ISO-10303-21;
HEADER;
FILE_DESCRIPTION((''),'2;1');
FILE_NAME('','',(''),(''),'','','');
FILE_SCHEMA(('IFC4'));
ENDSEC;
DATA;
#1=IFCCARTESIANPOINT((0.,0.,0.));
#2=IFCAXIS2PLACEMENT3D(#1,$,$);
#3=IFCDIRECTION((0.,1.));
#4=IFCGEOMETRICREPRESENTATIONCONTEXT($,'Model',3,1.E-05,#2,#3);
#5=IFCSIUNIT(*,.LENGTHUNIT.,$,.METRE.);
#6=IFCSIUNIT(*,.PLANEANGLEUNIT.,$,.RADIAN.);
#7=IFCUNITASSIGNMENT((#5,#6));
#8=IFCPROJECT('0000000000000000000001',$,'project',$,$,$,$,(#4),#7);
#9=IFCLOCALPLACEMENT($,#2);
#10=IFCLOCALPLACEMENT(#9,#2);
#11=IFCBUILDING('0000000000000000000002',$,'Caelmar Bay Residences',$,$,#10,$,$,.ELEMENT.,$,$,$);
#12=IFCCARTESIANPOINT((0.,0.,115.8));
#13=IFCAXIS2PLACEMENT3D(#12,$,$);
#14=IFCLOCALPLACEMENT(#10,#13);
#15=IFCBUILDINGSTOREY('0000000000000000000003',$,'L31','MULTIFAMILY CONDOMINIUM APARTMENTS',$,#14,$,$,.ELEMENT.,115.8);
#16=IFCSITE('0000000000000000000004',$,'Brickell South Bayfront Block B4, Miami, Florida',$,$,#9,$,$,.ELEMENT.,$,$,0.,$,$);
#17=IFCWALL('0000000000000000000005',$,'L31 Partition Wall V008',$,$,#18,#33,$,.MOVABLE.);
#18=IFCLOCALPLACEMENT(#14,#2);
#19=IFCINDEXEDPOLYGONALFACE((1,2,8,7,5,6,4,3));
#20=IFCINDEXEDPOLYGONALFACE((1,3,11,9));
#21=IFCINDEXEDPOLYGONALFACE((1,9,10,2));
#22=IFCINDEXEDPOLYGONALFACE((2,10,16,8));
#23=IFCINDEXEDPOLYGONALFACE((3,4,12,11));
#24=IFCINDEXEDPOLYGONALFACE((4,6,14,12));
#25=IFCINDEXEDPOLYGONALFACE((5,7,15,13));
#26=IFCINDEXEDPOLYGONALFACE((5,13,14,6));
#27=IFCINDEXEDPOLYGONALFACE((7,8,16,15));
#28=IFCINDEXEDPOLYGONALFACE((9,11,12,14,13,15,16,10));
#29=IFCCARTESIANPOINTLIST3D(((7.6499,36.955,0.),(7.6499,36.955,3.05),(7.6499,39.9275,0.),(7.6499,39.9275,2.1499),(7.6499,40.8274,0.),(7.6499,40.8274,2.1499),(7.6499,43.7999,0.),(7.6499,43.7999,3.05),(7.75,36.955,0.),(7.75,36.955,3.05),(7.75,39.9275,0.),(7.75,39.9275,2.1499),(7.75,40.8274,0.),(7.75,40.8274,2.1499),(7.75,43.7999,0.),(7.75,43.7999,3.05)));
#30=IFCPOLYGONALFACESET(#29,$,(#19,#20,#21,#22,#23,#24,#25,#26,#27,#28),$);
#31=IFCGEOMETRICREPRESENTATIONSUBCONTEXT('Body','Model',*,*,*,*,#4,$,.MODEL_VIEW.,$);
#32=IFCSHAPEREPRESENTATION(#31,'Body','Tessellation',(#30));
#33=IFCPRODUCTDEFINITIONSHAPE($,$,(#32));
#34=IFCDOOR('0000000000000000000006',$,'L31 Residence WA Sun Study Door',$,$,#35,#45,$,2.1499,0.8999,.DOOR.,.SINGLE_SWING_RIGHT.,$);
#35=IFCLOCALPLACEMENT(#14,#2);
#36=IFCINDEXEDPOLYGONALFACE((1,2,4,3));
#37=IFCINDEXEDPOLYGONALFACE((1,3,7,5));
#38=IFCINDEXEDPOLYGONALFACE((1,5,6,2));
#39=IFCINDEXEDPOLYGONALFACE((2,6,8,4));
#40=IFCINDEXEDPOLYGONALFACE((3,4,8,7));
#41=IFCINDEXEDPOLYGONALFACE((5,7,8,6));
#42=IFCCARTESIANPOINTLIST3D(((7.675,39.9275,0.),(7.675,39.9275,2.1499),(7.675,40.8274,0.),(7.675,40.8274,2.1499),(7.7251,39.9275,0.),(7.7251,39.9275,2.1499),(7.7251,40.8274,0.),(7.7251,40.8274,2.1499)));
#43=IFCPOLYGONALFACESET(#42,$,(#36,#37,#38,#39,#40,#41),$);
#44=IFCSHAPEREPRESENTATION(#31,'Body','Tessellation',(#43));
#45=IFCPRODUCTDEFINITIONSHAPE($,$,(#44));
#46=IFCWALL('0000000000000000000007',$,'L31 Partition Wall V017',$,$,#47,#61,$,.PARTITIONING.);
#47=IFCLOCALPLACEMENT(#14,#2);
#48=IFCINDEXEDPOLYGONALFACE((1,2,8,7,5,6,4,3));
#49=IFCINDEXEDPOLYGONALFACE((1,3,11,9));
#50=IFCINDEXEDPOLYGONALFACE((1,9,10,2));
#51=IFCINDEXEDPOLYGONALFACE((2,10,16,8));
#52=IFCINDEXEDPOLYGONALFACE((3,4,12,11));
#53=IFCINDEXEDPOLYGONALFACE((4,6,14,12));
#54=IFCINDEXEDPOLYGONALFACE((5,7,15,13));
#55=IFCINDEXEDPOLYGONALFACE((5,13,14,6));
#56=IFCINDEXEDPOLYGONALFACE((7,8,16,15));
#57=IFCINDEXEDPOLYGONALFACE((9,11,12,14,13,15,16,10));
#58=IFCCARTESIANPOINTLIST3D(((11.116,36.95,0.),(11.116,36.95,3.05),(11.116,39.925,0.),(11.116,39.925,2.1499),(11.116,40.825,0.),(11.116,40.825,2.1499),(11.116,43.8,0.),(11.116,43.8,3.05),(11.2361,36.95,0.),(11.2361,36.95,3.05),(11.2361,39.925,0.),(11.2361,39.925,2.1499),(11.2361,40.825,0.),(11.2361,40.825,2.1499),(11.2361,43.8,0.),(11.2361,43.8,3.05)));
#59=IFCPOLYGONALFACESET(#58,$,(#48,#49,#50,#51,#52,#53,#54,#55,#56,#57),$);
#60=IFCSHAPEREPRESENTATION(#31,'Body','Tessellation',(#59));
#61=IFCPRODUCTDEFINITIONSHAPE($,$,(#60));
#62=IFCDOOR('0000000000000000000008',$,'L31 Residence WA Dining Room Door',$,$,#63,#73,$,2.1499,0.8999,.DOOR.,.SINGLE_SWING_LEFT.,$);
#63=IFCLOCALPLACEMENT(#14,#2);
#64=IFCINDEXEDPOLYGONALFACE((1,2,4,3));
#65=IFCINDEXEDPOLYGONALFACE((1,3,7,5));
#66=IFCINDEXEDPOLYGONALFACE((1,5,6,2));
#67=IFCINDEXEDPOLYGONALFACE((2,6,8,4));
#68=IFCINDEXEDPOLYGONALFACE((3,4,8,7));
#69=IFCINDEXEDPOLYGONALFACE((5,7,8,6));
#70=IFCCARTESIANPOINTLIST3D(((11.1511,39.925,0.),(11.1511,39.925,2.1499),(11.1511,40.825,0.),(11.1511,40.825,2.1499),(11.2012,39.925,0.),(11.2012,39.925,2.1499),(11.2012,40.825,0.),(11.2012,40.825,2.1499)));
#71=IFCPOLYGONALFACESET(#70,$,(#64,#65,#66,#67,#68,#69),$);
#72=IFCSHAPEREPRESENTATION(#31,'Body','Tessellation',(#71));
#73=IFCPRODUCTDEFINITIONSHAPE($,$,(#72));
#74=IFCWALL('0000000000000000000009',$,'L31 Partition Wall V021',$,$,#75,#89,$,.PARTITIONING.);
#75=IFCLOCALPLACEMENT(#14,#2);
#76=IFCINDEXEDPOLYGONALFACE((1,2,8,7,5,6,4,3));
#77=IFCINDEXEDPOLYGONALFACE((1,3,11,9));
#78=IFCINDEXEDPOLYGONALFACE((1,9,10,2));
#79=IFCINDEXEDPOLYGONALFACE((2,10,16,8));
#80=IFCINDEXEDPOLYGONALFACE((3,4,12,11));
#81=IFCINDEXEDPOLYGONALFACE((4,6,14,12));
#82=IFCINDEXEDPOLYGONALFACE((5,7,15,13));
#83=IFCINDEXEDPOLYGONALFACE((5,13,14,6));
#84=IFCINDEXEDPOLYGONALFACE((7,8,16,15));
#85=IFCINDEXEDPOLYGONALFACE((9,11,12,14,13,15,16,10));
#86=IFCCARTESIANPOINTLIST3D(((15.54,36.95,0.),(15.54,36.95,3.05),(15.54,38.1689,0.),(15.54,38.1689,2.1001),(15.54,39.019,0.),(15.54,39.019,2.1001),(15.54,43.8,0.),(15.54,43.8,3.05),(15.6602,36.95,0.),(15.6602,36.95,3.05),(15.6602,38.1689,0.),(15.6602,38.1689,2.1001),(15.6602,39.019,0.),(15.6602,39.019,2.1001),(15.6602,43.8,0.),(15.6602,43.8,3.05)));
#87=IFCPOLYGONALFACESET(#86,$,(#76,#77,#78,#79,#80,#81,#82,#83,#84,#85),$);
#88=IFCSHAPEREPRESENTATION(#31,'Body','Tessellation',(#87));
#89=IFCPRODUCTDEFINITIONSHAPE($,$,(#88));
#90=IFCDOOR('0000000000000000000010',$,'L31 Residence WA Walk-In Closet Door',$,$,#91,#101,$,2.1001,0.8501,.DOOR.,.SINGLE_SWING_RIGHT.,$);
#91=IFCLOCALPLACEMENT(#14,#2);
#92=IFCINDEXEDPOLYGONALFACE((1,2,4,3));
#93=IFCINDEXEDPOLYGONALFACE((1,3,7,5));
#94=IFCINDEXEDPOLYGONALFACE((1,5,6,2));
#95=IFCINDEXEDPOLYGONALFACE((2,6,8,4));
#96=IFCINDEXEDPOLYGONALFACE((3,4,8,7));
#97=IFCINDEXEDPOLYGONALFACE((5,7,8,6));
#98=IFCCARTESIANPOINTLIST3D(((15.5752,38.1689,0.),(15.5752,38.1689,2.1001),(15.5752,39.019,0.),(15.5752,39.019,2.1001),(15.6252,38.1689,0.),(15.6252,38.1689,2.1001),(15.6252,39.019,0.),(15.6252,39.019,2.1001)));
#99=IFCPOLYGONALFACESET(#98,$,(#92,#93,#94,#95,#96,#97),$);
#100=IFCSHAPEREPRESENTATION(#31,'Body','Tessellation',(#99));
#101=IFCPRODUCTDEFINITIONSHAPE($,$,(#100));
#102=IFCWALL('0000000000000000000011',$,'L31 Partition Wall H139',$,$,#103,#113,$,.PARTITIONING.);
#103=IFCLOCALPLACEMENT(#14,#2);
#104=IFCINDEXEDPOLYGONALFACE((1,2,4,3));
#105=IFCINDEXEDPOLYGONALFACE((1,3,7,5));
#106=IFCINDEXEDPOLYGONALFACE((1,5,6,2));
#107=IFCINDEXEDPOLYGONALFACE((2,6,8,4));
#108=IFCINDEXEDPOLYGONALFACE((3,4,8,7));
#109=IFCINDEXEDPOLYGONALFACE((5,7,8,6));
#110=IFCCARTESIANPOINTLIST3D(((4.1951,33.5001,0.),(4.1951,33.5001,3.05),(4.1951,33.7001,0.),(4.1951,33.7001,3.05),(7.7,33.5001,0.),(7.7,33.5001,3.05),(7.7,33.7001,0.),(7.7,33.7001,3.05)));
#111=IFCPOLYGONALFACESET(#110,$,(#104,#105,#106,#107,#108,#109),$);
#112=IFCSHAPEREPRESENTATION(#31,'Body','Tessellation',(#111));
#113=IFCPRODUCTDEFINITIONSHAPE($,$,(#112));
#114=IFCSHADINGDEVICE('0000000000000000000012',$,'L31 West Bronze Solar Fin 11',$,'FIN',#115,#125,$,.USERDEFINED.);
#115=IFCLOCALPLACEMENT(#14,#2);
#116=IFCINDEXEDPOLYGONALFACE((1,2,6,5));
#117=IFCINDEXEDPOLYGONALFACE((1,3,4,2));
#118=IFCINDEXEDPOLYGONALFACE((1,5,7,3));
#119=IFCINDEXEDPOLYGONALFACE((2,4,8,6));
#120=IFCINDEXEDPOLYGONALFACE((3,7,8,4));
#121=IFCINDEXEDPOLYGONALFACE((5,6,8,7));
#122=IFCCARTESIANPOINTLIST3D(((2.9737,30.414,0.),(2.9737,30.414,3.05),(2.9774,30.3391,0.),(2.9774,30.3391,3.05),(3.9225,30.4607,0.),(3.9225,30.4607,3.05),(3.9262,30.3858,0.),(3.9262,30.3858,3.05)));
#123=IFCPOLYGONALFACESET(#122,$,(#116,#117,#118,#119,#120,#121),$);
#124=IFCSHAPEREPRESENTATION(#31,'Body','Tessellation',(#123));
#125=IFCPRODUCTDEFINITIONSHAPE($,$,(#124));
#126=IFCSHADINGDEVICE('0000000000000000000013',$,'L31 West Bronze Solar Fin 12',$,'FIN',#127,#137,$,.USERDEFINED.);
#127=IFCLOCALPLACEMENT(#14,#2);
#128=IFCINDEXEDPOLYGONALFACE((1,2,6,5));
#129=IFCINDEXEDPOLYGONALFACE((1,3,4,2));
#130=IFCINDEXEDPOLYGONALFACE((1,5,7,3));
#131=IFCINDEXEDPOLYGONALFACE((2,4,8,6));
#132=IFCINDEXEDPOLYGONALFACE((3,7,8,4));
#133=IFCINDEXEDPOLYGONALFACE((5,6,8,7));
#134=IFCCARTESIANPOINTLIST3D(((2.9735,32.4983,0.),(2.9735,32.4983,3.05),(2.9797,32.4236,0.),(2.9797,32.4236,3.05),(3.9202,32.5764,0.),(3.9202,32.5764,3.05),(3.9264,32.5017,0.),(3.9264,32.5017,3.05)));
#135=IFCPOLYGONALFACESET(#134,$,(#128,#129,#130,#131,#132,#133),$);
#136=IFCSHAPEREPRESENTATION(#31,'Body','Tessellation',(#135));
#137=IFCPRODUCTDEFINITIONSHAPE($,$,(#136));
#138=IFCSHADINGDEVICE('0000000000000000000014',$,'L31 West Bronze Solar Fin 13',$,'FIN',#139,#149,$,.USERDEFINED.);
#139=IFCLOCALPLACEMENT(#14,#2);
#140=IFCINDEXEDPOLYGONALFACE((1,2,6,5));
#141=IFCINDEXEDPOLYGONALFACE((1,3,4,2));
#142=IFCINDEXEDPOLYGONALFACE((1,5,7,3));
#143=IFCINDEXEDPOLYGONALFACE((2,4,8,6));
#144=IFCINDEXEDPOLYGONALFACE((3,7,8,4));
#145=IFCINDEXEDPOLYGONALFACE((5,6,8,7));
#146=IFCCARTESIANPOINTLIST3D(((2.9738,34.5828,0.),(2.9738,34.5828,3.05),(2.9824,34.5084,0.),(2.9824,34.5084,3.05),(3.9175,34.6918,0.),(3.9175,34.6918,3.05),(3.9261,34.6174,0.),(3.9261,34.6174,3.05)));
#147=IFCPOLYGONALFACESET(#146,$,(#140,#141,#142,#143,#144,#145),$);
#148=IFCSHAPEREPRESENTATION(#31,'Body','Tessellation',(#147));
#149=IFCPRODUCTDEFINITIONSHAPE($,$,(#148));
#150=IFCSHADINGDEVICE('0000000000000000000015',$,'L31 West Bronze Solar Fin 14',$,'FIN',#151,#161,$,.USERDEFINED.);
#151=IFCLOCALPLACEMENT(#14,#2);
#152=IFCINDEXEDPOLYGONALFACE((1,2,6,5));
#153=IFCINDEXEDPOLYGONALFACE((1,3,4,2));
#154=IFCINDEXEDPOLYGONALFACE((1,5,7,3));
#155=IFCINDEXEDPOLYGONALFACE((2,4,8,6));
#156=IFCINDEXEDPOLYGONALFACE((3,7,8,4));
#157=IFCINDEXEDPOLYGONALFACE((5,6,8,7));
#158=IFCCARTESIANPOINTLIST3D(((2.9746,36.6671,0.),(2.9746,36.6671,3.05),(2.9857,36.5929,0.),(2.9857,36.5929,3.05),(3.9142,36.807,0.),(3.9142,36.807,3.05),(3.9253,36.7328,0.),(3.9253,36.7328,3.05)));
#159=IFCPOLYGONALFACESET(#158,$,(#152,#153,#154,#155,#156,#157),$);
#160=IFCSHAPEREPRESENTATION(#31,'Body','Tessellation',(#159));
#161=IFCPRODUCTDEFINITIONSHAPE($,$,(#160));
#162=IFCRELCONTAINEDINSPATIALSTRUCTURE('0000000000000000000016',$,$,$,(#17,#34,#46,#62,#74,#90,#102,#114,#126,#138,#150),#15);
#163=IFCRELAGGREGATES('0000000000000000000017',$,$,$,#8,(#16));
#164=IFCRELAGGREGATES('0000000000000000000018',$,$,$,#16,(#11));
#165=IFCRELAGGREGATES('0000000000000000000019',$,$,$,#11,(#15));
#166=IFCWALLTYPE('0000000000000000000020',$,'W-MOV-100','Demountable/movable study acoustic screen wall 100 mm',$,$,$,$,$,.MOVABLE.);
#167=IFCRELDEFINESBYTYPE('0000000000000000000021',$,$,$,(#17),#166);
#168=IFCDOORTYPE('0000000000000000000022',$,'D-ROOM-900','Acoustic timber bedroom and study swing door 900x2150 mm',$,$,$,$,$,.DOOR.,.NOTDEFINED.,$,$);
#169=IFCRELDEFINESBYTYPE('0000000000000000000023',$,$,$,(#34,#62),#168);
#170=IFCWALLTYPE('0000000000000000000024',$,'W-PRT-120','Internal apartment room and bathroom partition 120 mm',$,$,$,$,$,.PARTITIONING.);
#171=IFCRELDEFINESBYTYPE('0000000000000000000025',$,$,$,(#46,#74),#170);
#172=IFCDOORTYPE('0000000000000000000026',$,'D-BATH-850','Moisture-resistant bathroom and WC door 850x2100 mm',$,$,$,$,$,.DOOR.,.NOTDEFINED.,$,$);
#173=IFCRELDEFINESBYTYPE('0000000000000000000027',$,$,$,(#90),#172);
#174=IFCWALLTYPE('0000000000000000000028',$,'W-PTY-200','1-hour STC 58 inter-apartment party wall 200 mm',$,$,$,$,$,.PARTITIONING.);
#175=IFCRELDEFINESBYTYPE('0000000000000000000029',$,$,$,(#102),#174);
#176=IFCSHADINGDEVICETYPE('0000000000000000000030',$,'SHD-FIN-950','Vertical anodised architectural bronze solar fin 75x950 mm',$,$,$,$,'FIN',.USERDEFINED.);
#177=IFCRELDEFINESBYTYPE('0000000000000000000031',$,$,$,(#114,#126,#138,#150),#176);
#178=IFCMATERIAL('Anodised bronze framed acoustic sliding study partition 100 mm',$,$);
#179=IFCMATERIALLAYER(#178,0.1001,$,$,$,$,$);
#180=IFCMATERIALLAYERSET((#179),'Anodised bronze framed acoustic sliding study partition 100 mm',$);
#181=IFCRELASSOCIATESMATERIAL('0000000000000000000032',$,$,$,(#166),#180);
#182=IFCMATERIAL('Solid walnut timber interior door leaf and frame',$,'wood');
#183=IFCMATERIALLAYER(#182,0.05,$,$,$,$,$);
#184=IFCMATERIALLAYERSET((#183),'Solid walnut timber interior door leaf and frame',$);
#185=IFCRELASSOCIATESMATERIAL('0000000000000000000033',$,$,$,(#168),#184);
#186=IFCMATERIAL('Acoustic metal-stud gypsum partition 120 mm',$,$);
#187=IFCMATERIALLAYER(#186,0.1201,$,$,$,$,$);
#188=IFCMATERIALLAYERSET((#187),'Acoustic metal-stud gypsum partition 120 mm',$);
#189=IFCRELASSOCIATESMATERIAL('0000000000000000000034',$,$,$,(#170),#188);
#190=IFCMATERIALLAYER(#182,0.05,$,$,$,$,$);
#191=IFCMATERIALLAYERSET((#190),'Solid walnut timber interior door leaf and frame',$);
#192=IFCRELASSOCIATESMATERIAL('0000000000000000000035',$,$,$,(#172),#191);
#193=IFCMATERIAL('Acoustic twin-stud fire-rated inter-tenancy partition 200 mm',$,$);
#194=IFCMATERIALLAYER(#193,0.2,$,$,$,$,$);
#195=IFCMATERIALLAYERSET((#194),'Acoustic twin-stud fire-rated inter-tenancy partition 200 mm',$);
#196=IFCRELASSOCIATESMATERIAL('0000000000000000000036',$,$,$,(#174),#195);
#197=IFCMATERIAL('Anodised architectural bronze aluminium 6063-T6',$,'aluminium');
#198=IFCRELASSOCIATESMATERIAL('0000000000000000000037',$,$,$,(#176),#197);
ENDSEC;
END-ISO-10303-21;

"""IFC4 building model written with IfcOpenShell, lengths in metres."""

from ifc_helpers import new_model, si_unit, direction, frame, frame_2d, origin, origin_2d, place, context, subcontext, project, spatial, rectangle, extrude, material, layer, layer_set, material_profile, profile_set, type_object, element, fill, save


model = new_model("IFC4")

# Units and contexts
model_context = context("Model", 3, precision=1e-05, world=origin(), true_north=direction((0.0, 1.0)))
body_context = subcontext(model_context, "Body", "Model", "MODEL_VIEW")
ifc_project = project(units=[si_unit("LENGTHUNIT", "METRE"), si_unit("PLANEANGLEUNIT", "RADIAN")], contexts=[model_context])

# Site, building, storey
site_placement = place(None, origin())
site = spatial("IfcSite", under=ifc_project, at=site_placement, Name="Brickell South Bayfront Block B4, Miami, Florida", CompositionType="ELEMENT", RefElevation=0.0)
building_placement = place(site_placement, origin())
building = spatial("IfcBuilding", under=site, at=building_placement, Name="Caelmar Bay Residences", CompositionType="ELEMENT")
storey_placement = place(building_placement, frame((0.0, 0.0, 115.8)))
storey = spatial("IfcBuildingStorey", under=building, at=storey_placement, Name="L31", Description="MULTIFAMILY CONDOMINIUM APARTMENTS", CompositionType="ELEMENT", Elevation=115.8)

# Walls, openings, doors
ifc_material_1 = material(Name="Anodised bronze framed acoustic sliding study partition 100 mm")
ifc_layer_1 = layer(ifc_material_1, 0.1001)
ifc_layer_set_1 = layer_set([ifc_layer_1], Name="Anodised bronze framed acoustic sliding study partition 100 mm")
wall_type_1 = type_object("IfcWallType", Name="W-MOV-100", Description="Demountable/movable study acoustic screen wall 100 mm", PredefinedType="MOVABLE", material=ifc_layer_set_1)
wall_1_placement = place(storey_placement, frame((7.7, 36.9551, 0.0), z_axis=(0.0, 0.0, 1.0), x_axis=(0.0, 1.0, 0.0)))
wall_1 = element("IfcWall", 1, at=wall_1_placement, inside=storey, type_object=wall_type_1, Name="L31 Partition Wall V008", PredefinedType="MOVABLE", context=body_context, shape_type="SweptSolid", body=[
    extrude(rectangle(XDim=6.845, YDim=0.1001, at=frame_2d((3.4224, 0.0))), origin(), (0.0, 0.0, 1.0), 3.05),
])
opening_1_placement = place(wall_1_placement, frame((2.9724, 0.0, 0.0)))
opening_1 = element("IfcOpeningElement", 2, at=opening_1_placement, cuts=wall_1, PredefinedType="OPENING", context=body_context, shape_type="SweptSolid", body=[
    extrude(rectangle(XDim=0.8999, YDim=2.1499, at=frame_2d((0.45, 1.075))), frame((0.0, 0.0601, 0.0), z_axis=(0.0, -1.0, 0.0), x_axis=(1.0, 0.0, 0.0)), (0.0, 0.0, 1.0), 0.1201),
])
ifc_material_2 = material(Name="Solid walnut timber interior door leaf and frame", Category="wood")
ifc_layer_2 = layer(ifc_material_2, 0.05)
ifc_layer_set_2 = layer_set([ifc_layer_2], Name="Solid walnut timber interior door leaf and frame")
door_type_1 = type_object("IfcDoorType", Name="D-ROOM-900", Description="Acoustic timber bedroom and study swing door 900x2150 mm", OperationType="NOTDEFINED", PredefinedType="DOOR", material=ifc_layer_set_2)
door_1_placement = place(opening_1_placement, origin())
door_1 = element("IfcDoor", 3, at=door_1_placement, inside=storey, type_object=door_type_1, Name="L31 Residence WA Sun Study Door", OperationType="SINGLE_SWING_RIGHT", OverallHeight=2.1499, OverallWidth=0.8999, PredefinedType="DOOR", context=body_context, shape_type="SweptSolid", body=[
    extrude(rectangle(XDim=0.8999, YDim=2.1499, at=frame_2d((0.45, 1.075))), frame((0.0, 0.0249, 0.0), z_axis=(0.0, -1.0, 0.0), x_axis=(1.0, 0.0, 0.0)), (0.0, 0.0, 1.0), 0.05),
])
fill(opening_1, door_1)
ifc_material_3 = material(Name="Acoustic metal-stud gypsum partition 120 mm")
ifc_layer_3 = layer(ifc_material_3, 0.1201)
ifc_layer_set_3 = layer_set([ifc_layer_3], Name="Acoustic metal-stud gypsum partition 120 mm")
wall_type_2 = type_object("IfcWallType", Name="W-PRT-120", Description="Internal apartment room and bathroom partition 120 mm", PredefinedType="PARTITIONING", material=ifc_layer_set_3)
wall_2_placement = place(storey_placement, frame((11.176, 36.95, 0.0), z_axis=(0.0, 0.0, 1.0), x_axis=(0.0, 1.0, 0.0)))
wall_2 = element("IfcWall", 4, at=wall_2_placement, inside=storey, type_object=wall_type_2, Name="L31 Partition Wall V017", PredefinedType="PARTITIONING", context=body_context, shape_type="SweptSolid", body=[
    extrude(rectangle(XDim=6.8501, YDim=0.1201, at=frame_2d((3.425, 0.0))), origin(), (0.0, 0.0, 1.0), 3.05),
])
opening_2_placement = place(wall_2_placement, frame((2.9751, 0.0, 0.0)))
opening_2 = element("IfcOpeningElement", 5, at=opening_2_placement, cuts=wall_2, PredefinedType="OPENING", context=body_context, shape_type="SweptSolid", body=[
    extrude(rectangle(XDim=0.8999, YDim=2.1499, at=frame_2d((0.45, 1.075))), frame((0.0, 0.0701, 0.0), z_axis=(0.0, -1.0, 0.0), x_axis=(1.0, 0.0, 0.0)), (0.0, 0.0, 1.0), 0.1401),
])
door_2_placement = place(opening_2_placement, origin())
door_2 = element("IfcDoor", 6, at=door_2_placement, inside=storey, type_object=door_type_1, Name="L31 Residence WA Dining Room Door", OperationType="SINGLE_SWING_LEFT", OverallHeight=2.1499, OverallWidth=0.8999, PredefinedType="DOOR", context=body_context, shape_type="SweptSolid", body=[
    extrude(rectangle(XDim=0.8999, YDim=2.1499, at=frame_2d((0.45, 1.075))), frame((0.0, 0.0249, 0.0), z_axis=(0.0, -1.0, 0.0), x_axis=(1.0, 0.0, 0.0)), (0.0, 0.0, 1.0), 0.05),
])
fill(opening_2, door_2)
wall_3_placement = place(storey_placement, frame((15.6001, 36.95, 0.0), z_axis=(0.0, 0.0, 1.0), x_axis=(0.0, 1.0, 0.0)))
wall_3 = element("IfcWall", 7, at=wall_3_placement, inside=storey, type_object=wall_type_2, Name="L31 Partition Wall V021", PredefinedType="PARTITIONING", context=body_context, shape_type="SweptSolid", body=[
    extrude(rectangle(XDim=6.8501, YDim=0.1201, at=frame_2d((3.425, 0.0))), origin(), (0.0, 0.0, 1.0), 3.05),
])
opening_3_placement = place(wall_3_placement, frame((1.219, 0.0, 0.0)))
opening_3 = element("IfcOpeningElement", 8, at=opening_3_placement, cuts=wall_3, PredefinedType="OPENING", context=body_context, shape_type="SweptSolid", body=[
    extrude(rectangle(XDim=0.8501, YDim=2.1001, at=frame_2d((0.425, 1.05))), frame((0.0, 0.0701, 0.0), z_axis=(0.0, -1.0, 0.0), x_axis=(1.0, 0.0, 0.0)), (0.0, 0.0, 1.0), 0.1401),
])
ifc_layer_4 = layer(ifc_material_2, 0.05)
ifc_layer_set_4 = layer_set([ifc_layer_4], Name="Solid walnut timber interior door leaf and frame")
door_type_2 = type_object("IfcDoorType", Name="D-BATH-850", Description="Moisture-resistant bathroom and WC door 850x2100 mm", OperationType="NOTDEFINED", PredefinedType="DOOR", material=ifc_layer_set_4)
door_3_placement = place(opening_3_placement, origin())
door_3 = element("IfcDoor", 9, at=door_3_placement, inside=storey, type_object=door_type_2, Name="L31 Residence WA Walk-In Closet Door", OperationType="SINGLE_SWING_RIGHT", OverallHeight=2.1001, OverallWidth=0.8501, PredefinedType="DOOR", context=body_context, shape_type="SweptSolid", body=[
    extrude(rectangle(XDim=0.8501, YDim=2.1001, at=frame_2d((0.425, 1.05))), frame((0.0, 0.0249, 0.0), z_axis=(0.0, -1.0, 0.0), x_axis=(1.0, 0.0, 0.0)), (0.0, 0.0, 1.0), 0.05),
])
fill(opening_3, door_3)

# Wall
ifc_material_4 = material(Name="Acoustic twin-stud fire-rated inter-tenancy partition 200 mm")
ifc_layer_5 = layer(ifc_material_4, 0.2)
ifc_layer_set_5 = layer_set([ifc_layer_5], Name="Acoustic twin-stud fire-rated inter-tenancy partition 200 mm")
wall_type_3 = type_object("IfcWallType", Name="W-PTY-200", Description="1-hour STC 58 inter-apartment party wall 200 mm", PredefinedType="PARTITIONING", material=ifc_layer_set_5)
wall_4_placement = place(storey_placement, frame((4.1951, 33.6001, 0.0), z_axis=(0.0, 0.0, 1.0), x_axis=(1.0, 0.0, 0.0)))
element("IfcWall", 10, at=wall_4_placement, inside=storey, type_object=wall_type_3, Name="L31 Partition Wall H139", PredefinedType="PARTITIONING", context=body_context, shape_type="SweptSolid", body=[
    extrude(rectangle(XDim=3.5049, YDim=0.2, at=frame_2d((1.7524, 0.0))), origin(), (0.0, 0.0, 1.0), 3.05),
])

# Shading devices
ifc_material_5 = material(Name="Anodised architectural bronze aluminium 6063-T6", Category="aluminium")
ifc_material_profile_1 = material_profile(ifc_material_5, rectangle(XDim=0.075, YDim=0.95, at=origin_2d()), Name="BRONZE-FIN-75X950")
ifc_profile_set_1 = profile_set([ifc_material_profile_1], Name="Anodised architectural bronze aluminium 6063-T6")
shading_device_type = type_object("IfcShadingDeviceType", Name="SHD-FIN-950", Description="Vertical anodised architectural bronze solar fin 75x950 mm", ElementType="FIN", PredefinedType="USERDEFINED", material=ifc_profile_set_1)
for number, where, z_axis, x_axis, name in (
    (11, (3.45, 30.3999, 0.0), (0.0, 0.0, 1.0), (-0.049198, 0.998789, 0.0), "L31 West Bronze Solar Fin 11"),
    (12, (3.45, 32.5, 0.0), (0.0, 0.0, 1.0), (-0.082112, 0.996623, 0.0), "L31 West Bronze Solar Fin 12"),
    (13, (3.45, 34.6001, 0.0), (0.0, 0.0, 1.0), (-0.114764, 0.993393, 0.0), "L31 West Bronze Solar Fin 13"),
    (14, (3.45, 36.7, 0.0), (0.0, 0.0, 1.0), (-0.147292, 0.989093, 0.0), "L31 West Bronze Solar Fin 14"),
):
    element("IfcShadingDevice", number, at=place(storey_placement, frame(where, z_axis=z_axis, x_axis=x_axis)), inside=storey, type_object=shading_device_type, Name=name, ObjectType="FIN", PredefinedType="USERDEFINED", context=body_context, shape_type="SweptSolid", body=[
        extrude(rectangle(XDim=0.075, YDim=0.95, at=origin_2d()), origin(), (0.0, 0.0, 1.0), 3.05),
    ])

save(model, "model.ifc")
